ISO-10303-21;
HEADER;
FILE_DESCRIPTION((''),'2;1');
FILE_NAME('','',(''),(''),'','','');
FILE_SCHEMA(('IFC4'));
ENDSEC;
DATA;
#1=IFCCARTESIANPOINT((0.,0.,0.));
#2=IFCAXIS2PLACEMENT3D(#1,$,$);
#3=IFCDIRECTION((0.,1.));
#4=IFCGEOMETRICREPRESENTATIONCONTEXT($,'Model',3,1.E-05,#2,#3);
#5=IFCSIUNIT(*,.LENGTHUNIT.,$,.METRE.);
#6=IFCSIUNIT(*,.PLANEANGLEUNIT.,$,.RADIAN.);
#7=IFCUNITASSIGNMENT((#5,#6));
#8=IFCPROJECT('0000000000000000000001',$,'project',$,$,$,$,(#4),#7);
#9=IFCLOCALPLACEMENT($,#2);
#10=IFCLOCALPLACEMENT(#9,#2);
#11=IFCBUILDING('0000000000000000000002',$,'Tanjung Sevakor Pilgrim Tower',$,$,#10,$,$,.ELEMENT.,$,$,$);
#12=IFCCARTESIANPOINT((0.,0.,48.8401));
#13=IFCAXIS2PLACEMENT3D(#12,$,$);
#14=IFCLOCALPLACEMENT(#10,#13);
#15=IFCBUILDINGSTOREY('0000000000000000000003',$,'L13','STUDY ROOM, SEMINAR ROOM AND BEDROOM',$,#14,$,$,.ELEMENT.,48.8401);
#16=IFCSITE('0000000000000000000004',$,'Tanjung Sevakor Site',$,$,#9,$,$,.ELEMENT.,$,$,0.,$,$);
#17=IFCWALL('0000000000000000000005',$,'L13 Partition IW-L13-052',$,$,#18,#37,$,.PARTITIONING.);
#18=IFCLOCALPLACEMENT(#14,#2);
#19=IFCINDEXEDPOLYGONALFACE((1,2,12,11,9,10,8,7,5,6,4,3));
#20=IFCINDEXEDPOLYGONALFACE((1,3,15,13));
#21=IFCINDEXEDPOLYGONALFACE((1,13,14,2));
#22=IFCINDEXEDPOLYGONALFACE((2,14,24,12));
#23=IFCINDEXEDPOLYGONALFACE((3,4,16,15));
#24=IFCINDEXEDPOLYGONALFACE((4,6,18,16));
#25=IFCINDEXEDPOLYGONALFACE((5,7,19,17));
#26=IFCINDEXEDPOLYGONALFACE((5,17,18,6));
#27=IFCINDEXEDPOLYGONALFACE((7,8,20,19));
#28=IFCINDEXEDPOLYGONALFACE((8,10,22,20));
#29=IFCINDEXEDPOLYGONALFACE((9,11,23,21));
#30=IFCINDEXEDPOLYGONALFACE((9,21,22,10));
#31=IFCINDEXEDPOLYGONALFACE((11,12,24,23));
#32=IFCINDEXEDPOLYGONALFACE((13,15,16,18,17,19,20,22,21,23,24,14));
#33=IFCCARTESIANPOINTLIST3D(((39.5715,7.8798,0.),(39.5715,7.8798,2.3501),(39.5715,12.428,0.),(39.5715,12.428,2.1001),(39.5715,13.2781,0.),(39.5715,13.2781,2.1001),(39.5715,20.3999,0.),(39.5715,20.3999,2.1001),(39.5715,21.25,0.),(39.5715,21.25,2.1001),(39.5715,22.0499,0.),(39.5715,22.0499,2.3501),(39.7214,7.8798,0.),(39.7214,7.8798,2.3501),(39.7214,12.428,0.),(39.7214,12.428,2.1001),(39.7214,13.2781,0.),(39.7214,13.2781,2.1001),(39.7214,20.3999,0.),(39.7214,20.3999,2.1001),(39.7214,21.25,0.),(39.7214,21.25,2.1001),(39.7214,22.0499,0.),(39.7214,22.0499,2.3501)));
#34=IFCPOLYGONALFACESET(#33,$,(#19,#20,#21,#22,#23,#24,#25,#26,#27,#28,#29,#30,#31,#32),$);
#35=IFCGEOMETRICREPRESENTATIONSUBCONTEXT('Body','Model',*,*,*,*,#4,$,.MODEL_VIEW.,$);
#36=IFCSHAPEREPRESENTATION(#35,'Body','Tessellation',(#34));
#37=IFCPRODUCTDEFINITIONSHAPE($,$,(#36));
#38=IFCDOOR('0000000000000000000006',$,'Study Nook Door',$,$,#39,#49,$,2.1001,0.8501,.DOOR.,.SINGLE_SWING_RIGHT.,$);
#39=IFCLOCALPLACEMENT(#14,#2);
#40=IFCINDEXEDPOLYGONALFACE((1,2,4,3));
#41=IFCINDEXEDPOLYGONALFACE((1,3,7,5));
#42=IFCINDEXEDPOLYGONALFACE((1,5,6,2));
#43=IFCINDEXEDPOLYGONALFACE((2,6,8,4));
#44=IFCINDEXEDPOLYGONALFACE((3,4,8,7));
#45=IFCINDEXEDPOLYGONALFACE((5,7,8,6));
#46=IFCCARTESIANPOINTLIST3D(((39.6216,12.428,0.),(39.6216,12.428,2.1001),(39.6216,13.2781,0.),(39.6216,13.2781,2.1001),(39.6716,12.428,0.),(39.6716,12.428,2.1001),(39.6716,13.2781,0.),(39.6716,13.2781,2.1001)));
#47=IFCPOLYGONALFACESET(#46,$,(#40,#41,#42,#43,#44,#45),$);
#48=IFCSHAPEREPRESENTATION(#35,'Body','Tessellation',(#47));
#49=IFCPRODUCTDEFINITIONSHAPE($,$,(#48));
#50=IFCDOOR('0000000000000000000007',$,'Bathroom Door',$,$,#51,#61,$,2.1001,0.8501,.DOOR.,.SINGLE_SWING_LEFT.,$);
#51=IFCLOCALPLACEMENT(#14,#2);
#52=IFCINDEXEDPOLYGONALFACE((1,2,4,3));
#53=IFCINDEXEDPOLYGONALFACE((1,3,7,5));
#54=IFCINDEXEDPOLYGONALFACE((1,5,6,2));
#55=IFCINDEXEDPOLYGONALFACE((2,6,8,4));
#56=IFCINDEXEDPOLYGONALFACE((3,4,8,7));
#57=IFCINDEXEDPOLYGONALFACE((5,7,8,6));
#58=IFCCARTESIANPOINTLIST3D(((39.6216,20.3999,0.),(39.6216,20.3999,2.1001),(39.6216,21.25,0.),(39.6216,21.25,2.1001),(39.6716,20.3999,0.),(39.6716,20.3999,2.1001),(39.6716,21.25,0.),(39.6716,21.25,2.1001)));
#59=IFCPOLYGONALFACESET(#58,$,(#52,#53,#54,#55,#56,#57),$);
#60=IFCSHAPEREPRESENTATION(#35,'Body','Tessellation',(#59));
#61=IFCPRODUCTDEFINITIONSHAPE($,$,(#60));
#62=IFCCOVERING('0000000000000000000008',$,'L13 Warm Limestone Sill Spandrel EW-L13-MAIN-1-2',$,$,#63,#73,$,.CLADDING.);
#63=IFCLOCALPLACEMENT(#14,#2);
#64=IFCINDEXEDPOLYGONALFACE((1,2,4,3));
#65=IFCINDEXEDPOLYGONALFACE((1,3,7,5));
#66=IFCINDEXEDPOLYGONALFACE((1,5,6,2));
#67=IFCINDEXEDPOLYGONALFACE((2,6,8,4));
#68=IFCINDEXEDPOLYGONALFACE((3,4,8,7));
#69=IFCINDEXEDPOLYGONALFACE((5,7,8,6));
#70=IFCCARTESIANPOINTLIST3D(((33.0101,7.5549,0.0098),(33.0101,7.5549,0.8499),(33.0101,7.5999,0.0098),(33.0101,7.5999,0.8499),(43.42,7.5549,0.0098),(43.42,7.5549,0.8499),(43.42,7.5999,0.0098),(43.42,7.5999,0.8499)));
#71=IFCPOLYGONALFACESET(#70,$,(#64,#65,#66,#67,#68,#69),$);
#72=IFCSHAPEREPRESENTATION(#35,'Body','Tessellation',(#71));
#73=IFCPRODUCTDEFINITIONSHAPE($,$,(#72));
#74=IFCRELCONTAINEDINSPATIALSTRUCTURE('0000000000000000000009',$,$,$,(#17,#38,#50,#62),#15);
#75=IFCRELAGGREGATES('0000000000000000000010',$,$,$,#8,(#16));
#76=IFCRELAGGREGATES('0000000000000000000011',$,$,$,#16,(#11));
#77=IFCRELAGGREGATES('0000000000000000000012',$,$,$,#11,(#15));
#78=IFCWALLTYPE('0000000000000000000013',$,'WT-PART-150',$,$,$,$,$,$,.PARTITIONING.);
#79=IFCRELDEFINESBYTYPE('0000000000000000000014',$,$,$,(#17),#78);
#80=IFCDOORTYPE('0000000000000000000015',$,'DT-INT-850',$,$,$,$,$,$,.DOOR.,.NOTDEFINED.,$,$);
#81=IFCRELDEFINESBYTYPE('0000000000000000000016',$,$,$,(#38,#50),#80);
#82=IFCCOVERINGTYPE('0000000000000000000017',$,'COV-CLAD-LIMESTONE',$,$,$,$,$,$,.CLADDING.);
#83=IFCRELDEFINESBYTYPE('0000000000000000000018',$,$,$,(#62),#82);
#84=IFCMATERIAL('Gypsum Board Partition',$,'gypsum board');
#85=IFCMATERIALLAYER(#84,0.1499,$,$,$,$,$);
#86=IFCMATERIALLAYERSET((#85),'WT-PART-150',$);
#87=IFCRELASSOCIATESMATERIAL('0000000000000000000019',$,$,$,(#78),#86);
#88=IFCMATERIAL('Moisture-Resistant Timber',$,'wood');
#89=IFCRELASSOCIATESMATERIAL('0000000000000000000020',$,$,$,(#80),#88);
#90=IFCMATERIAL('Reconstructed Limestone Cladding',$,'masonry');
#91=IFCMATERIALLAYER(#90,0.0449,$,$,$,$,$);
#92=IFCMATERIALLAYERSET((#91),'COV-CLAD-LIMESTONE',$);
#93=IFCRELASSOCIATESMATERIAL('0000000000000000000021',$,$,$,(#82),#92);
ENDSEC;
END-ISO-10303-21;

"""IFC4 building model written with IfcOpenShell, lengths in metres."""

from ifc_helpers import new_model, si_unit, direction, frame, frame_2d, origin, origin_2d, place, context, subcontext, project, spatial, rectangle, extrude, material, layer, layer_set, type_object, element, fill, save


model = new_model("IFC4")

# Units and contexts
model_context = context("Model", 3, precision=1e-05, world=origin(), true_north=direction((0.0, 1.0)))
body_context = subcontext(model_context, "Body", "Model", "MODEL_VIEW")
ifc_project = project(units=[si_unit("LENGTHUNIT", "METRE"), si_unit("PLANEANGLEUNIT", "RADIAN")], contexts=[model_context])

# Site, building, storey
site_placement = place(None, origin())
site = spatial("IfcSite", under=ifc_project, at=site_placement, Name="Tanjung Sevakor Site", CompositionType="ELEMENT", RefElevation=0.0)
building_placement = place(site_placement, origin())
building = spatial("IfcBuilding", under=site, at=building_placement, Name="Tanjung Sevakor Pilgrim Tower", CompositionType="ELEMENT")
storey_placement = place(building_placement, frame((0.0, 0.0, 48.8401)))
storey = spatial("IfcBuildingStorey", under=building, at=storey_placement, Name="L13", Description="STUDY ROOM, SEMINAR ROOM AND BEDROOM", CompositionType="ELEMENT", Elevation=48.8401)

# Shared definitions
ifc_material_1 = material(Name="Gypsum Board Partition", Category="gypsum board")
ifc_layer_1 = layer(ifc_material_1, 0.1499)
ifc_layer_set_1 = layer_set([ifc_layer_1], Name="WT-PART-150")
wall_type_1 = type_object("IfcWallType", Name="WT-PART-150", PredefinedType="PARTITIONING", material=ifc_layer_set_1)
ifc_material_2 = material(Name="Moisture-Resistant Timber", Category="wood")
door_type = type_object("IfcDoorType", Name="DT-INT-850", OperationType="NOTDEFINED", PredefinedType="DOOR", material=ifc_material_2)

# Wall, openings, doors
wall_1_placement = place(storey_placement, frame((39.6465, 7.8799, 0.0), z_axis=(0.0, 0.0, 1.0), x_axis=(0.0, 1.0, 0.0)))
wall_1 = element("IfcWall", 1, at=wall_1_placement, inside=storey, type_object=wall_type_1, Name="L13 Partition IW-L13-052", PredefinedType="PARTITIONING", context=body_context, shape_type="SweptSolid", body=[
    extrude(rectangle(XDim=14.1702, YDim=0.1499, at=frame_2d((7.085, 0.0))), origin(), (0.0, 0.0, 1.0), 2.3501),
])
opening_1_placement = place(wall_1_placement, frame((4.5481, 0.0, 0.0)))
opening_1 = element("IfcOpeningElement", 2, at=opening_1_placement, cuts=wall_1, PredefinedType="OPENING", context=body_context, shape_type="SweptSolid", body=[
    extrude(rectangle(XDim=0.8501, YDim=2.1001, at=frame_2d((0.425, 1.05))), frame((0.0, 0.085, 0.0), z_axis=(0.0, -1.0, 0.0), x_axis=(1.0, 0.0, 0.0)), (0.0, 0.0, 1.0), 0.1699),
])
opening_2_placement = place(wall_1_placement, frame((12.52, 0.0, 0.0)))
opening_2 = element("IfcOpeningElement", 3, at=opening_2_placement, cuts=wall_1, PredefinedType="OPENING", context=body_context, shape_type="SweptSolid", body=[
    extrude(rectangle(XDim=0.8501, YDim=2.1001, at=frame_2d((0.425, 1.05))), frame((0.0, 0.085, 0.0), z_axis=(0.0, -1.0, 0.0), x_axis=(1.0, 0.0, 0.0)), (0.0, 0.0, 1.0), 0.1699),
])
door_1_placement = place(opening_1_placement, origin())
door_1 = element("IfcDoor", 4, at=door_1_placement, inside=storey, type_object=door_type, Name="Study Nook Door", OperationType="SINGLE_SWING_RIGHT", OverallHeight=2.1001, OverallWidth=0.8501, PredefinedType="DOOR", context=body_context, shape_type="SweptSolid", body=[
    extrude(rectangle(XDim=0.8501, YDim=2.1001, at=frame_2d((0.425, 1.05))), frame((0.0, 0.0249, 0.0), z_axis=(0.0, -1.0, 0.0), x_axis=(1.0, 0.0, 0.0)), (0.0, 0.0, 1.0), 0.05),
])
fill(opening_1, door_1)
door_2_placement = place(opening_2_placement, origin())
door_2 = element("IfcDoor", 5, at=door_2_placement, inside=storey, type_object=door_type, Name="Bathroom Door", OperationType="SINGLE_SWING_LEFT", OverallHeight=2.1001, OverallWidth=0.8501, PredefinedType="DOOR", context=body_context, shape_type="SweptSolid", body=[
    extrude(rectangle(XDim=0.8501, YDim=2.1001, at=frame_2d((0.425, 1.05))), frame((0.0, 0.0249, 0.0), z_axis=(0.0, -1.0, 0.0), x_axis=(1.0, 0.0, 0.0)), (0.0, 0.0, 1.0), 0.05),
])
fill(opening_2, door_2)

# Covering
ifc_material_3 = material(Name="Reconstructed Limestone Cladding", Category="masonry")
ifc_layer_2 = layer(ifc_material_3, 0.0449)
ifc_layer_set_2 = layer_set([ifc_layer_2], Name="COV-CLAD-LIMESTONE")
covering_type = type_object("IfcCoveringType", Name="COV-CLAD-LIMESTONE", PredefinedType="CLADDING", material=ifc_layer_set_2)
covering_placement = place(storey_placement, frame((38.2151, 7.5774, 0.0098), z_axis=(0.0, 0.0, 1.0), x_axis=(1.0, 0.0, 0.0)))
element("IfcCovering", 6, at=covering_placement, inside=storey, type_object=covering_type, Name="L13 Warm Limestone Sill Spandrel EW-L13-MAIN-1-2", PredefinedType="CLADDING", context=body_context, shape_type="SweptSolid", body=[
    extrude(rectangle(XDim=10.4099, YDim=0.0449, at=origin_2d()), origin(), (0.0, 0.0, 1.0), 0.8401),
])

save(model, "model.ifc")
